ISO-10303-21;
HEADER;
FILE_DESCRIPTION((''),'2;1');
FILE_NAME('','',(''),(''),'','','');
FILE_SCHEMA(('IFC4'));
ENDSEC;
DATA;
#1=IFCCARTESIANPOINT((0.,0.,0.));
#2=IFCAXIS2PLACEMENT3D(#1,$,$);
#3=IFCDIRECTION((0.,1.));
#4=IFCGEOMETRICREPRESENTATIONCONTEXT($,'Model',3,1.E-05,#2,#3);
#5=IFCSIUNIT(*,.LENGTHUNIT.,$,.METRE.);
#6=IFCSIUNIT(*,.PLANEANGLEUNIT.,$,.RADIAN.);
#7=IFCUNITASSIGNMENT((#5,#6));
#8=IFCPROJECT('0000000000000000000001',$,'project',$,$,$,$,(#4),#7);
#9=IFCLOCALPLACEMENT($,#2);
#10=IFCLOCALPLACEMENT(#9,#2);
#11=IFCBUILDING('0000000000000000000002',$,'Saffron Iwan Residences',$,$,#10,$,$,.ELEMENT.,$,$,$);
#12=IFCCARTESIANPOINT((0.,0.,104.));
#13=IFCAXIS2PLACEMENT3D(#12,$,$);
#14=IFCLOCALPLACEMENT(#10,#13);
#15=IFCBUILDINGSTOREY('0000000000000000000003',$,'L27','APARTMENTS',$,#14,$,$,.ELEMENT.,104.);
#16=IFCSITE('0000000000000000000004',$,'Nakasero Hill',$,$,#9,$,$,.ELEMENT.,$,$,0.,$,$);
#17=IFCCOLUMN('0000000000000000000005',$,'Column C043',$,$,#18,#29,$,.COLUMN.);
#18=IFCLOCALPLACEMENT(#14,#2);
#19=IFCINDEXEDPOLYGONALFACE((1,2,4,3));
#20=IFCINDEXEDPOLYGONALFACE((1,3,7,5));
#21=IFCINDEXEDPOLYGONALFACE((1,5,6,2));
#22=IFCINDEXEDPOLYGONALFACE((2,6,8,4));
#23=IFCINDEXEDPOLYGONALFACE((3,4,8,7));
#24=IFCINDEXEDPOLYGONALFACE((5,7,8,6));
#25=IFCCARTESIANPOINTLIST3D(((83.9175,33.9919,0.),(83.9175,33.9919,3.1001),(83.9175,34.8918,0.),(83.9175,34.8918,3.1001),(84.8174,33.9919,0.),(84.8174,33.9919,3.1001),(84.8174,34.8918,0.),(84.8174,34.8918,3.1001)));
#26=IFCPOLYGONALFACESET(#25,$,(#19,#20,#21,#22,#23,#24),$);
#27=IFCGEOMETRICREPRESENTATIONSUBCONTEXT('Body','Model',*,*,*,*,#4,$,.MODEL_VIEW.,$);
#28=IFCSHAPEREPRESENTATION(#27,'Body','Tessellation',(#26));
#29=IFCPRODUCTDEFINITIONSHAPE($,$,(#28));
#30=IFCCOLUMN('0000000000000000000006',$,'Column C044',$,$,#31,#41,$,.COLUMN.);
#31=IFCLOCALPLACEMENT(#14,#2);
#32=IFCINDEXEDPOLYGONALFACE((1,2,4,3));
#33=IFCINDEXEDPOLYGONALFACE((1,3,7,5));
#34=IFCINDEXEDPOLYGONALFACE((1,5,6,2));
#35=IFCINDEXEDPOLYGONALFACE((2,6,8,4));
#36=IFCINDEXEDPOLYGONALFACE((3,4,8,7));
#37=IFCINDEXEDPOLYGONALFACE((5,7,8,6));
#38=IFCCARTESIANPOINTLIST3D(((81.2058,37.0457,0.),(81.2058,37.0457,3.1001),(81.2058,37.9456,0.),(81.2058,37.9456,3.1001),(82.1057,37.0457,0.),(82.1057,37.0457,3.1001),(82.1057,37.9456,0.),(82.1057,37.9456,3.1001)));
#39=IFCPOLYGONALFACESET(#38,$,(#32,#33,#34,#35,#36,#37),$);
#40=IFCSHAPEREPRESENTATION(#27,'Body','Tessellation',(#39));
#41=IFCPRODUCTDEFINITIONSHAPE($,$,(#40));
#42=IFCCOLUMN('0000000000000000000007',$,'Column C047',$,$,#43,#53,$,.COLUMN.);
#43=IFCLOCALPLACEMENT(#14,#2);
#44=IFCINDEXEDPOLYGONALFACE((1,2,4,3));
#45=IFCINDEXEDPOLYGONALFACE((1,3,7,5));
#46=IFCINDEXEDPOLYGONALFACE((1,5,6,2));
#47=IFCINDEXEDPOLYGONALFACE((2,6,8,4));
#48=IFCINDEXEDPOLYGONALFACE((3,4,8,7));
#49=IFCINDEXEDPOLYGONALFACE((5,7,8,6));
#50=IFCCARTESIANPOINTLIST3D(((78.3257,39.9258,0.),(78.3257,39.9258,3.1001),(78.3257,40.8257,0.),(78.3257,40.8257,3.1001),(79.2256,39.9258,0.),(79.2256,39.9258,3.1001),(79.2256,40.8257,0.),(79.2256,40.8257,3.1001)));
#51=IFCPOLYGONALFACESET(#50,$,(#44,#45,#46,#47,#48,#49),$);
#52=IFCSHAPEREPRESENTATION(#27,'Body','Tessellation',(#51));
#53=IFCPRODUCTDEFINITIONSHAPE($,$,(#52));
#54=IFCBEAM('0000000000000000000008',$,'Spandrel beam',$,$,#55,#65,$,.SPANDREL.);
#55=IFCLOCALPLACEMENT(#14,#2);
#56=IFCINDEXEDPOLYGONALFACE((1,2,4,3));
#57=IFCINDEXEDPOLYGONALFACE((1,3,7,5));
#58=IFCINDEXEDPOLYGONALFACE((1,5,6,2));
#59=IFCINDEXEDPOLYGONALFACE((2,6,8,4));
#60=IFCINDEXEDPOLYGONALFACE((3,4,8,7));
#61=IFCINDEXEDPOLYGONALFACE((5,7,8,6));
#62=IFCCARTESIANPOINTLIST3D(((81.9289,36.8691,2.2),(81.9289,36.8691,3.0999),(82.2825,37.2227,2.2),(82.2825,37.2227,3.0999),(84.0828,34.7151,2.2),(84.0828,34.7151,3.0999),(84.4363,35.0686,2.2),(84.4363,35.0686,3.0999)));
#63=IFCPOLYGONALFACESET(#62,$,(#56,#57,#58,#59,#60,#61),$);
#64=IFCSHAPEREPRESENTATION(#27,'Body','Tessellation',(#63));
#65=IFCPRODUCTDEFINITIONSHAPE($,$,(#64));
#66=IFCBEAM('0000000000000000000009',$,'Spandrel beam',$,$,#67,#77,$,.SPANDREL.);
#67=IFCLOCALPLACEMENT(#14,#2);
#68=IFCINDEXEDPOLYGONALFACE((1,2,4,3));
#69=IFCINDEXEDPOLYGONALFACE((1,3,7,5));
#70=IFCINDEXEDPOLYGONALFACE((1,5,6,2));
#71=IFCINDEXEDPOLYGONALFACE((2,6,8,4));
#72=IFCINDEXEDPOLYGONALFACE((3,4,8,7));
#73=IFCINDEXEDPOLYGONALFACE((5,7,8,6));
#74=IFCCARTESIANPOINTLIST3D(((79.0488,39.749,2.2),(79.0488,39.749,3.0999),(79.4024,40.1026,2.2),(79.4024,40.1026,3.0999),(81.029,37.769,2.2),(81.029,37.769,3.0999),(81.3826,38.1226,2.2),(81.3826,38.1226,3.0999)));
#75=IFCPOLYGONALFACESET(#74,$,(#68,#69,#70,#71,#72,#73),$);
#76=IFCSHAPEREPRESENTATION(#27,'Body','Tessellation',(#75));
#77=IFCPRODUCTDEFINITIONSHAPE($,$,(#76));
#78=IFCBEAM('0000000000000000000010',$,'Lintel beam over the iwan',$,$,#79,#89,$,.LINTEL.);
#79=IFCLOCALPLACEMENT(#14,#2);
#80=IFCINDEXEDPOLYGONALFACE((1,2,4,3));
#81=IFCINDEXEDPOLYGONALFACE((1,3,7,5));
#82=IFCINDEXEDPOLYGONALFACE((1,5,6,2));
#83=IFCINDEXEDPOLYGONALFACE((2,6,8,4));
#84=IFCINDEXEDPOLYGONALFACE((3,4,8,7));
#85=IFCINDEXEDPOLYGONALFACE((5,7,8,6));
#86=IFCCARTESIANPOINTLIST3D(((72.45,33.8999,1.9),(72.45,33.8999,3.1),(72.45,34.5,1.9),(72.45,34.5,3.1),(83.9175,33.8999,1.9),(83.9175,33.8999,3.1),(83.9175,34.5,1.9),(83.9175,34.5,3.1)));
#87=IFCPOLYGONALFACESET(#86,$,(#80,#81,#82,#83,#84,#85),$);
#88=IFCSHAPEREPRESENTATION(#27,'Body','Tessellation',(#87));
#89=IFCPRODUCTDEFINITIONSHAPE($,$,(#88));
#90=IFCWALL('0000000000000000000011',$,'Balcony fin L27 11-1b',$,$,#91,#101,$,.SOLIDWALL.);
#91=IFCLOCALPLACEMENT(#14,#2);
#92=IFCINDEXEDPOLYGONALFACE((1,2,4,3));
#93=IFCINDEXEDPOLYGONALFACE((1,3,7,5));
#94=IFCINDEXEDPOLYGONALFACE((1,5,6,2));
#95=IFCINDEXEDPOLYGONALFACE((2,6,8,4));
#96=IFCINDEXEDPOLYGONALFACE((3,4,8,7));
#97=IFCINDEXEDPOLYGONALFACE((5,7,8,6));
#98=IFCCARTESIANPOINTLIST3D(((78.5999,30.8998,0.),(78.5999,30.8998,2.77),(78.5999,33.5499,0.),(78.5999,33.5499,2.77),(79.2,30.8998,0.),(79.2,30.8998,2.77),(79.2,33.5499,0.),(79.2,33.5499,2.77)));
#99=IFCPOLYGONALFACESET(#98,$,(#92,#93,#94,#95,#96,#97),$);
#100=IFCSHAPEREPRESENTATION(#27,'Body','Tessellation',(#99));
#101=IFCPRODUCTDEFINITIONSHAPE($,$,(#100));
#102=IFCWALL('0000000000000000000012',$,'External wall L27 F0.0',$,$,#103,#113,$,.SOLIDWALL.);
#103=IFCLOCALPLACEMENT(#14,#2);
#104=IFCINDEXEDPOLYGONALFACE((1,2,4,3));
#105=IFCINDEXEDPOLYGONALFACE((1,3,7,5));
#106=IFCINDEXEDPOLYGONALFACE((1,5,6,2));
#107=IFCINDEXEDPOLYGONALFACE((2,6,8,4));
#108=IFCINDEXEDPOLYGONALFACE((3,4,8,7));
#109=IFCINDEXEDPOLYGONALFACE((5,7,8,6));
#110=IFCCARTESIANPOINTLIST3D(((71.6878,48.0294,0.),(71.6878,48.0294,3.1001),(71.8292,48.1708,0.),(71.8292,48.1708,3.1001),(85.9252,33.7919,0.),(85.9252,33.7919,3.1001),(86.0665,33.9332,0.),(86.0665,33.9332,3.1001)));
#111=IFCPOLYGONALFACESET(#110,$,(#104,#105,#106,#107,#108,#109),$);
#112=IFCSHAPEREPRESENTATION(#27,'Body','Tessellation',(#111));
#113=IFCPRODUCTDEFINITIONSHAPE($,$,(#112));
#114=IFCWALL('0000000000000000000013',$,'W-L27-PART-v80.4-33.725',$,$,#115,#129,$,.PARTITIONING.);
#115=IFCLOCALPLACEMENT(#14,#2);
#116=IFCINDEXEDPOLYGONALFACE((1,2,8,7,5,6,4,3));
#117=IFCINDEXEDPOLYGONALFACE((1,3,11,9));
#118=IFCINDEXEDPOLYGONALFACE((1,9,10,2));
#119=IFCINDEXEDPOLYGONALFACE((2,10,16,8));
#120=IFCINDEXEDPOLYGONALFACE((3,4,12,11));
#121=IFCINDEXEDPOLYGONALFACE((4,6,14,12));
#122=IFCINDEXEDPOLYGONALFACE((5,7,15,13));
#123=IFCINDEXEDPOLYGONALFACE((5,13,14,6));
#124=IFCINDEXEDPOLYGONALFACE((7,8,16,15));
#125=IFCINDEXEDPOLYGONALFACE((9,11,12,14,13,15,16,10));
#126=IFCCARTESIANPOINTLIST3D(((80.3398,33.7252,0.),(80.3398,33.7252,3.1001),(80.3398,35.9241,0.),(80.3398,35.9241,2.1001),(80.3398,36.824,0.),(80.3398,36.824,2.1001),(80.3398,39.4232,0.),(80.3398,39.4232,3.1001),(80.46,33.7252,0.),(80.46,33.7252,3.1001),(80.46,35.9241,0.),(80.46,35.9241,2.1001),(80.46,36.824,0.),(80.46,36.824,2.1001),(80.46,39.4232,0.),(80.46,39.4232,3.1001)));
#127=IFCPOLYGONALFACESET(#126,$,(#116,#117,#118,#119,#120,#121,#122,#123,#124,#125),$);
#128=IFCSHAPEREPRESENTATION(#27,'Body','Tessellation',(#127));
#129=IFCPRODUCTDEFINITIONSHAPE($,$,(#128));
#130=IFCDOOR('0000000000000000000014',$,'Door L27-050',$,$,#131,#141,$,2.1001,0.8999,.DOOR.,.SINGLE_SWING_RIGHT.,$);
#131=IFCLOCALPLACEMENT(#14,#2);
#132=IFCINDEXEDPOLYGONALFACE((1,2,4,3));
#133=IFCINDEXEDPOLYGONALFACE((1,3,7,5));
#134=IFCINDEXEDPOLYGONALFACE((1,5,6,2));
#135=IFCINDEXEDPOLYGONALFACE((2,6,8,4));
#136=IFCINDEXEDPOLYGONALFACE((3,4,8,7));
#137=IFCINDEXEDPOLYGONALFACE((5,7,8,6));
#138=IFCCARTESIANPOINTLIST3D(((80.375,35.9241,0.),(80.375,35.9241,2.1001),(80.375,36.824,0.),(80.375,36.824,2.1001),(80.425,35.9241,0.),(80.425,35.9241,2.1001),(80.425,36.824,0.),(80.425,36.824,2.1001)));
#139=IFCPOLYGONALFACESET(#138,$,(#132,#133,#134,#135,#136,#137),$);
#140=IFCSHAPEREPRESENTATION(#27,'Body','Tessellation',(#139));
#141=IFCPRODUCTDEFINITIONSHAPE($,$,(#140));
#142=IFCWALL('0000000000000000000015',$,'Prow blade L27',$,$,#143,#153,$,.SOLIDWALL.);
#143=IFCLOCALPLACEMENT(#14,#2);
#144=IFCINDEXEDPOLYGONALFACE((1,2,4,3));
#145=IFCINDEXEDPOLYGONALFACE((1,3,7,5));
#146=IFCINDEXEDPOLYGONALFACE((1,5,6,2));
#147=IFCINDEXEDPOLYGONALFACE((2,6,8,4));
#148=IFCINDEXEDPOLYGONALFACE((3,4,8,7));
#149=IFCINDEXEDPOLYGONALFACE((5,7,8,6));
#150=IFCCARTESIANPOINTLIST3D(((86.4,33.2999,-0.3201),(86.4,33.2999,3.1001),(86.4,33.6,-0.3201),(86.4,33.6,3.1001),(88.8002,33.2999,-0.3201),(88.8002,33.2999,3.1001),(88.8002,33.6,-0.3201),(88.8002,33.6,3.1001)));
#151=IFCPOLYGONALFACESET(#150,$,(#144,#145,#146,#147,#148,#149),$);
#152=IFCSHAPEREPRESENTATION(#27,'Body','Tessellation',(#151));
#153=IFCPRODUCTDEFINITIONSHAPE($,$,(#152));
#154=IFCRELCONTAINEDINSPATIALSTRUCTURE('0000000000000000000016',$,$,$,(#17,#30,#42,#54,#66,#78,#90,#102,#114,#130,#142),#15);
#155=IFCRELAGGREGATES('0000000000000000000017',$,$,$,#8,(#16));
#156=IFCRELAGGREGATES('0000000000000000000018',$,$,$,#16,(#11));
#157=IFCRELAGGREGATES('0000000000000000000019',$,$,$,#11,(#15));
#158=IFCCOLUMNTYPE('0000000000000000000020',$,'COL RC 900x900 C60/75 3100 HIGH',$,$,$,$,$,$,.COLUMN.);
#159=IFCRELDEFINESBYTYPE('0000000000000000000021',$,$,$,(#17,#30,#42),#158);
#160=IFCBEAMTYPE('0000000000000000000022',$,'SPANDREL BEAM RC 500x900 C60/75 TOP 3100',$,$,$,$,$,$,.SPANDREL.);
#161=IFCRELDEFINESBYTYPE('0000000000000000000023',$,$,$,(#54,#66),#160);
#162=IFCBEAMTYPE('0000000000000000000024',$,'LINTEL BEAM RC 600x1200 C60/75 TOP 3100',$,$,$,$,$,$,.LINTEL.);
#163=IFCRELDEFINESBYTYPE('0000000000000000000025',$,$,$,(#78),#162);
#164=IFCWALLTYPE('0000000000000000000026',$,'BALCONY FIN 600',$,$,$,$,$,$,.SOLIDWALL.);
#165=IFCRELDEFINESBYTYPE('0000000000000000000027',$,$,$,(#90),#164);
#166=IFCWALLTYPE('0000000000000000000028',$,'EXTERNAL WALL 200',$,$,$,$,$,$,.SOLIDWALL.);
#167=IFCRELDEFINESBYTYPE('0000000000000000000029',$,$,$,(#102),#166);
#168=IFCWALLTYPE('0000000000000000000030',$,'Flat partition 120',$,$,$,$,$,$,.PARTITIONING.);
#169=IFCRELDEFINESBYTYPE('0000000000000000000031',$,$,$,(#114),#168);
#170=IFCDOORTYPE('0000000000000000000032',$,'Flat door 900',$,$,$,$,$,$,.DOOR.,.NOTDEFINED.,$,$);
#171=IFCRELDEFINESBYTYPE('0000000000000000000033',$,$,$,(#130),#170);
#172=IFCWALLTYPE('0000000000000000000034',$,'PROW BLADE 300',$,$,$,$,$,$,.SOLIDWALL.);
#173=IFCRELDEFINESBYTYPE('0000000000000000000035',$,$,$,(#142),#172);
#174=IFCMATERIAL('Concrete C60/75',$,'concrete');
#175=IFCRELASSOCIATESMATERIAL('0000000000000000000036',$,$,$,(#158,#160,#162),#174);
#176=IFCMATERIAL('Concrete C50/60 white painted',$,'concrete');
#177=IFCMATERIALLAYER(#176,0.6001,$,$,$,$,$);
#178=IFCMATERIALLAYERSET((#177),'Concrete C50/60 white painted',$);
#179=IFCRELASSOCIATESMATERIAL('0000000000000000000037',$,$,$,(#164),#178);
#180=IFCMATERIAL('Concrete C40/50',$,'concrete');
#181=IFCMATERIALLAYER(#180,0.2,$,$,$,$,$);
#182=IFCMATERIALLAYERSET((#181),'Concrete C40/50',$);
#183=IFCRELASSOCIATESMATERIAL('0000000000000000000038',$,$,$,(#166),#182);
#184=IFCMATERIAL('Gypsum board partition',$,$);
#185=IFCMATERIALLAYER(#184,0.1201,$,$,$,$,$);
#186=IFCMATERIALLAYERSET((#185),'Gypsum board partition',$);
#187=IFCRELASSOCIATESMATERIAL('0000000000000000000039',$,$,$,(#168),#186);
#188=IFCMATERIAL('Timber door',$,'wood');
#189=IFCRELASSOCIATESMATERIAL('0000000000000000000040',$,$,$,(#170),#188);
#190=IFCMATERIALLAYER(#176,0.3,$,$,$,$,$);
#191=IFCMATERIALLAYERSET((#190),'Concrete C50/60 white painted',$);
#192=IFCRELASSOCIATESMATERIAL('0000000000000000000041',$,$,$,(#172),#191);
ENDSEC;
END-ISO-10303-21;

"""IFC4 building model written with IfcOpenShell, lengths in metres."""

from ifc_helpers import new_model, si_unit, direction, frame, frame_2d, origin, origin_2d, place, context, subcontext, project, spatial, rectangle, extrude, source, transform, mapped, material, layer, layer_set, material_profile, profile_set, type_object, element, fill, save


model = new_model("IFC4")

# Units and contexts
model_context = context("Model", 3, precision=1e-05, world=origin(), true_north=direction((0.0, 1.0)))
body_context = subcontext(model_context, "Body", "Model", "MODEL_VIEW")
ifc_project = project(units=[si_unit("LENGTHUNIT", "METRE"), si_unit("PLANEANGLEUNIT", "RADIAN")], contexts=[model_context])

# Site, building, storey
site_placement = place(None, origin())
site = spatial("IfcSite", under=ifc_project, at=site_placement, Name="Nakasero Hill", CompositionType="ELEMENT", RefElevation=0.0)
building_placement = place(site_placement, origin())
building = spatial("IfcBuilding", under=site, at=building_placement, Name="Saffron Iwan Residences", CompositionType="ELEMENT")
storey_placement = place(building_placement, frame((0.0, 0.0, 104.0)))
storey = spatial("IfcBuildingStorey", under=building, at=storey_placement, Name="L27", Description="APARTMENTS", CompositionType="ELEMENT", Elevation=104.0)

# Columns
ifc_material_1 = material(Name="Concrete C60/75", Category="concrete")
ifc_material_profile_1 = material_profile(ifc_material_1, rectangle(XDim=0.8999, YDim=0.8999, at=origin_2d()), Name="RC 900x900")
ifc_profile_set_1 = profile_set([ifc_material_profile_1], Name="Concrete C60/75")
column_type = type_object("IfcColumnType", Name="COL RC 900x900 C60/75 3100 HIGH", PredefinedType="COLUMN", material=ifc_profile_set_1)
shared_shape_1 = source(origin(), body_context, "Body", "SweptSolid", [
    extrude(rectangle(XDim=0.8999, YDim=0.8999, at=origin_2d()), origin(), (0.0, 0.0, 1.0), 3.1001),
])
for number, where, z_axis, x_axis, name in (
    (1, (84.3674, 34.4419, 0.0), (0.0, 0.0, 1.0), (1.0, 0.0, 0.0), "Column C043"),
    (2, (81.6558, 37.4956, 0.0), (0.0, 0.0, 1.0), (1.0, 0.0, 0.0), "Column C044"),
    (3, (78.7756, 40.3757, 0.0), (0.0, 0.0, 1.0), (1.0, 0.0, 0.0), "Column C047"),
):
    element("IfcColumn", number, at=place(storey_placement, frame(where, z_axis=z_axis, x_axis=x_axis)), inside=storey, type_object=column_type, Name=name, PredefinedType="COLUMN", context=body_context, shape_type="MappedRepresentation", body=[
        mapped(shared_shape_1, transform((0.0, 0.0, 0.0))),
    ])

# Beams
ifc_material_profile_2 = material_profile(ifc_material_1, rectangle(XDim=0.5, YDim=0.8999, at=origin_2d()), Name="RC 500x900")
ifc_profile_set_2 = profile_set([ifc_material_profile_2], Name="Concrete C60/75")
beam_type_1 = type_object("IfcBeamType", Name="SPANDREL BEAM RC 500x900 C60/75 TOP 3100", PredefinedType="SPANDREL", material=ifc_profile_set_2)
shared_shape_2 = source(origin(), body_context, "Body", "SweptSolid", [
    extrude(rectangle(XDim=0.5, YDim=0.8999, at=origin_2d()), origin(), (0.0, 0.0, 1.0), 3.0461),
])
beam_1_placement = place(storey_placement, frame((82.1057, 37.0459, 2.6499), z_axis=(0.707067, -0.707147, 0.0), x_axis=(0.707147, 0.707067, 0.0)))
element("IfcBeam", 4, at=beam_1_placement, inside=storey, type_object=beam_type_1, Name="Spandrel beam", PredefinedType="SPANDREL", context=body_context, shape_type="MappedRepresentation", body=[
    mapped(shared_shape_2, transform((0.0, 0.0, 0.0))),
])
shared_shape_3 = source(origin(), body_context, "Body", "SweptSolid", [
    extrude(rectangle(XDim=0.5, YDim=0.8999, at=origin_2d()), origin(), (0.0, 0.0, 1.0), 2.8003),
])
beam_2_placement = place(storey_placement, frame((79.2256, 39.9258, 2.6499), z_axis=(0.70715, -0.707063, 0.0), x_axis=(0.707063, 0.70715, 0.0)))
element("IfcBeam", 5, at=beam_2_placement, inside=storey, type_object=beam_type_1, Name="Spandrel beam", PredefinedType="SPANDREL", context=body_context, shape_type="MappedRepresentation", body=[
    mapped(shared_shape_3, transform((0.0, 0.0, 0.0))),
])
ifc_material_profile_3 = material_profile(ifc_material_1, rectangle(XDim=0.6001, YDim=1.2, at=origin_2d()), Name="RC 600x1200")
ifc_profile_set_3 = profile_set([ifc_material_profile_3], Name="Concrete C60/75")
beam_type_2 = type_object("IfcBeamType", Name="LINTEL BEAM RC 600x1200 C60/75 TOP 3100", PredefinedType="LINTEL", material=ifc_profile_set_3)
shared_shape_4 = source(origin(), body_context, "Body", "SweptSolid", [
    extrude(rectangle(XDim=0.6001, YDim=1.2, at=origin_2d()), origin(), (0.0, 0.0, 1.0), 11.4675),
])
beam_3_placement = place(storey_placement, frame((83.9175, 34.2, 2.5), z_axis=(-1.0, 0.0, 0.0), x_axis=(0.0, -1.0, 0.0)))
element("IfcBeam", 6, at=beam_3_placement, inside=storey, type_object=beam_type_2, Name="Lintel beam over the iwan", PredefinedType="LINTEL", context=body_context, shape_type="MappedRepresentation", body=[
    mapped(shared_shape_4, transform((0.0, 0.0, 0.0))),
])

# Walls
ifc_material_2 = material(Name="Concrete C50/60 white painted", Category="concrete")
ifc_layer_1 = layer(ifc_material_2, 0.6001)
ifc_layer_set_1 = layer_set([ifc_layer_1], Name="Concrete C50/60 white painted")
wall_type_1 = type_object("IfcWallType", Name="BALCONY FIN 600", PredefinedType="SOLIDWALL", material=ifc_layer_set_1)
wall_1_placement = place(storey_placement, frame((78.8999, 33.55, 0.0), z_axis=(0.0, 0.0, 1.0), x_axis=(0.0, -1.0, 0.0)))
element("IfcWall", 7, at=wall_1_placement, inside=storey, type_object=wall_type_1, Name="Balcony fin L27 11-1b", PredefinedType="SOLIDWALL", context=body_context, shape_type="SweptSolid", body=[
    extrude(rectangle(XDim=2.6501, YDim=0.6001, at=frame_2d((1.3252, 0.0))), origin(), (0.0, 0.0, 1.0), 2.77),
])
ifc_material_3 = material(Name="Concrete C40/50", Category="concrete")
ifc_layer_2 = layer(ifc_material_3, 0.2)
ifc_layer_set_2 = layer_set([ifc_layer_2], Name="Concrete C40/50")
wall_type_2 = type_object("IfcWallType", Name="EXTERNAL WALL 200", PredefinedType="SOLIDWALL", material=ifc_layer_set_2)
wall_2_placement = place(storey_placement, frame((85.9958, 33.8625, 0.0), z_axis=(0.0, 0.0, 1.0), x_axis=(-0.707101, 0.707113, 0.0)))
element("IfcWall", 8, at=wall_2_placement, inside=storey, type_object=wall_type_2, Name="External wall L27 F0.0", PredefinedType="SOLIDWALL", context=body_context, shape_type="SweptSolid", body=[
    extrude(rectangle(XDim=20.1348, YDim=0.2, at=frame_2d((10.0674, 0.0))), origin(), (0.0, 0.0, 1.0), 3.1001),
])

# Wall, opening, door
ifc_material_4 = material(Name="Gypsum board partition")
ifc_layer_3 = layer(ifc_material_4, 0.1201)
ifc_layer_set_3 = layer_set([ifc_layer_3], Name="Gypsum board partition")
wall_type_3 = type_object("IfcWallType", Name="Flat partition 120", PredefinedType="PARTITIONING", material=ifc_layer_set_3)
wall_3_placement = place(storey_placement, frame((80.3999, 33.7251, 0.0), z_axis=(0.0, 0.0, 1.0), x_axis=(0.0, 1.0, 0.0)))
wall_3 = element("IfcWall", 9, at=wall_3_placement, inside=storey, type_object=wall_type_3, Name="W-L27-PART-v80.4-33.725", PredefinedType="PARTITIONING", context=body_context, shape_type="SweptSolid", body=[
    extrude(rectangle(XDim=5.698, YDim=0.1201, at=frame_2d((2.8491, 0.0))), origin(), (0.0, 0.0, 1.0), 3.1001),
])
opening_placement = place(wall_3_placement, frame((2.199, 0.0, 0.0)))
opening = element("IfcOpeningElement", 10, at=opening_placement, cuts=wall_3, PredefinedType="OPENING", context=body_context, shape_type="SweptSolid", body=[
    extrude(rectangle(XDim=0.8999, YDim=2.1001, at=frame_2d((0.45, 1.05))), frame((0.0, 0.0701, 0.0), z_axis=(0.0, -1.0, 0.0), x_axis=(1.0, 0.0, 0.0)), (0.0, 0.0, 1.0), 0.1401),
])
ifc_material_5 = material(Name="Timber door", Category="wood")
door_type = type_object("IfcDoorType", Name="Flat door 900", OperationType="NOTDEFINED", PredefinedType="DOOR", material=ifc_material_5)
door_placement = place(opening_placement, origin())
door = element("IfcDoor", 11, at=door_placement, inside=storey, type_object=door_type, Name="Door L27-050", OperationType="SINGLE_SWING_RIGHT", OverallHeight=2.1001, OverallWidth=0.8999, PredefinedType="DOOR", context=body_context, shape_type="SweptSolid", body=[
    extrude(rectangle(XDim=0.8999, YDim=2.1001, at=frame_2d((0.45, 1.05))), frame((0.0, 0.0249, 0.0), z_axis=(0.0, -1.0, 0.0), x_axis=(1.0, 0.0, 0.0)), (0.0, 0.0, 1.0), 0.05),
])
fill(opening, door)

# Wall
ifc_layer_4 = layer(ifc_material_2, 0.3)
ifc_layer_set_4 = layer_set([ifc_layer_4], Name="Concrete C50/60 white painted")
wall_type_4 = type_object("IfcWallType", Name="PROW BLADE 300", PredefinedType="SOLIDWALL", material=ifc_layer_set_4)
wall_4_placement = place(storey_placement, frame((86.3999, 33.45, -0.3201), z_axis=(0.0, 0.0, 1.0), x_axis=(1.0, 0.0, 0.0)))
element("IfcWall", 12, at=wall_4_placement, inside=storey, type_object=wall_type_4, Name="Prow blade L27", PredefinedType="SOLIDWALL", context=body_context, shape_type="SweptSolid", body=[
    extrude(rectangle(XDim=2.4001, YDim=0.3, at=frame_2d((1.2002, 0.0))), origin(), (0.0, 0.0, 1.0), 3.4202),
])

save(model, "model.ifc")
